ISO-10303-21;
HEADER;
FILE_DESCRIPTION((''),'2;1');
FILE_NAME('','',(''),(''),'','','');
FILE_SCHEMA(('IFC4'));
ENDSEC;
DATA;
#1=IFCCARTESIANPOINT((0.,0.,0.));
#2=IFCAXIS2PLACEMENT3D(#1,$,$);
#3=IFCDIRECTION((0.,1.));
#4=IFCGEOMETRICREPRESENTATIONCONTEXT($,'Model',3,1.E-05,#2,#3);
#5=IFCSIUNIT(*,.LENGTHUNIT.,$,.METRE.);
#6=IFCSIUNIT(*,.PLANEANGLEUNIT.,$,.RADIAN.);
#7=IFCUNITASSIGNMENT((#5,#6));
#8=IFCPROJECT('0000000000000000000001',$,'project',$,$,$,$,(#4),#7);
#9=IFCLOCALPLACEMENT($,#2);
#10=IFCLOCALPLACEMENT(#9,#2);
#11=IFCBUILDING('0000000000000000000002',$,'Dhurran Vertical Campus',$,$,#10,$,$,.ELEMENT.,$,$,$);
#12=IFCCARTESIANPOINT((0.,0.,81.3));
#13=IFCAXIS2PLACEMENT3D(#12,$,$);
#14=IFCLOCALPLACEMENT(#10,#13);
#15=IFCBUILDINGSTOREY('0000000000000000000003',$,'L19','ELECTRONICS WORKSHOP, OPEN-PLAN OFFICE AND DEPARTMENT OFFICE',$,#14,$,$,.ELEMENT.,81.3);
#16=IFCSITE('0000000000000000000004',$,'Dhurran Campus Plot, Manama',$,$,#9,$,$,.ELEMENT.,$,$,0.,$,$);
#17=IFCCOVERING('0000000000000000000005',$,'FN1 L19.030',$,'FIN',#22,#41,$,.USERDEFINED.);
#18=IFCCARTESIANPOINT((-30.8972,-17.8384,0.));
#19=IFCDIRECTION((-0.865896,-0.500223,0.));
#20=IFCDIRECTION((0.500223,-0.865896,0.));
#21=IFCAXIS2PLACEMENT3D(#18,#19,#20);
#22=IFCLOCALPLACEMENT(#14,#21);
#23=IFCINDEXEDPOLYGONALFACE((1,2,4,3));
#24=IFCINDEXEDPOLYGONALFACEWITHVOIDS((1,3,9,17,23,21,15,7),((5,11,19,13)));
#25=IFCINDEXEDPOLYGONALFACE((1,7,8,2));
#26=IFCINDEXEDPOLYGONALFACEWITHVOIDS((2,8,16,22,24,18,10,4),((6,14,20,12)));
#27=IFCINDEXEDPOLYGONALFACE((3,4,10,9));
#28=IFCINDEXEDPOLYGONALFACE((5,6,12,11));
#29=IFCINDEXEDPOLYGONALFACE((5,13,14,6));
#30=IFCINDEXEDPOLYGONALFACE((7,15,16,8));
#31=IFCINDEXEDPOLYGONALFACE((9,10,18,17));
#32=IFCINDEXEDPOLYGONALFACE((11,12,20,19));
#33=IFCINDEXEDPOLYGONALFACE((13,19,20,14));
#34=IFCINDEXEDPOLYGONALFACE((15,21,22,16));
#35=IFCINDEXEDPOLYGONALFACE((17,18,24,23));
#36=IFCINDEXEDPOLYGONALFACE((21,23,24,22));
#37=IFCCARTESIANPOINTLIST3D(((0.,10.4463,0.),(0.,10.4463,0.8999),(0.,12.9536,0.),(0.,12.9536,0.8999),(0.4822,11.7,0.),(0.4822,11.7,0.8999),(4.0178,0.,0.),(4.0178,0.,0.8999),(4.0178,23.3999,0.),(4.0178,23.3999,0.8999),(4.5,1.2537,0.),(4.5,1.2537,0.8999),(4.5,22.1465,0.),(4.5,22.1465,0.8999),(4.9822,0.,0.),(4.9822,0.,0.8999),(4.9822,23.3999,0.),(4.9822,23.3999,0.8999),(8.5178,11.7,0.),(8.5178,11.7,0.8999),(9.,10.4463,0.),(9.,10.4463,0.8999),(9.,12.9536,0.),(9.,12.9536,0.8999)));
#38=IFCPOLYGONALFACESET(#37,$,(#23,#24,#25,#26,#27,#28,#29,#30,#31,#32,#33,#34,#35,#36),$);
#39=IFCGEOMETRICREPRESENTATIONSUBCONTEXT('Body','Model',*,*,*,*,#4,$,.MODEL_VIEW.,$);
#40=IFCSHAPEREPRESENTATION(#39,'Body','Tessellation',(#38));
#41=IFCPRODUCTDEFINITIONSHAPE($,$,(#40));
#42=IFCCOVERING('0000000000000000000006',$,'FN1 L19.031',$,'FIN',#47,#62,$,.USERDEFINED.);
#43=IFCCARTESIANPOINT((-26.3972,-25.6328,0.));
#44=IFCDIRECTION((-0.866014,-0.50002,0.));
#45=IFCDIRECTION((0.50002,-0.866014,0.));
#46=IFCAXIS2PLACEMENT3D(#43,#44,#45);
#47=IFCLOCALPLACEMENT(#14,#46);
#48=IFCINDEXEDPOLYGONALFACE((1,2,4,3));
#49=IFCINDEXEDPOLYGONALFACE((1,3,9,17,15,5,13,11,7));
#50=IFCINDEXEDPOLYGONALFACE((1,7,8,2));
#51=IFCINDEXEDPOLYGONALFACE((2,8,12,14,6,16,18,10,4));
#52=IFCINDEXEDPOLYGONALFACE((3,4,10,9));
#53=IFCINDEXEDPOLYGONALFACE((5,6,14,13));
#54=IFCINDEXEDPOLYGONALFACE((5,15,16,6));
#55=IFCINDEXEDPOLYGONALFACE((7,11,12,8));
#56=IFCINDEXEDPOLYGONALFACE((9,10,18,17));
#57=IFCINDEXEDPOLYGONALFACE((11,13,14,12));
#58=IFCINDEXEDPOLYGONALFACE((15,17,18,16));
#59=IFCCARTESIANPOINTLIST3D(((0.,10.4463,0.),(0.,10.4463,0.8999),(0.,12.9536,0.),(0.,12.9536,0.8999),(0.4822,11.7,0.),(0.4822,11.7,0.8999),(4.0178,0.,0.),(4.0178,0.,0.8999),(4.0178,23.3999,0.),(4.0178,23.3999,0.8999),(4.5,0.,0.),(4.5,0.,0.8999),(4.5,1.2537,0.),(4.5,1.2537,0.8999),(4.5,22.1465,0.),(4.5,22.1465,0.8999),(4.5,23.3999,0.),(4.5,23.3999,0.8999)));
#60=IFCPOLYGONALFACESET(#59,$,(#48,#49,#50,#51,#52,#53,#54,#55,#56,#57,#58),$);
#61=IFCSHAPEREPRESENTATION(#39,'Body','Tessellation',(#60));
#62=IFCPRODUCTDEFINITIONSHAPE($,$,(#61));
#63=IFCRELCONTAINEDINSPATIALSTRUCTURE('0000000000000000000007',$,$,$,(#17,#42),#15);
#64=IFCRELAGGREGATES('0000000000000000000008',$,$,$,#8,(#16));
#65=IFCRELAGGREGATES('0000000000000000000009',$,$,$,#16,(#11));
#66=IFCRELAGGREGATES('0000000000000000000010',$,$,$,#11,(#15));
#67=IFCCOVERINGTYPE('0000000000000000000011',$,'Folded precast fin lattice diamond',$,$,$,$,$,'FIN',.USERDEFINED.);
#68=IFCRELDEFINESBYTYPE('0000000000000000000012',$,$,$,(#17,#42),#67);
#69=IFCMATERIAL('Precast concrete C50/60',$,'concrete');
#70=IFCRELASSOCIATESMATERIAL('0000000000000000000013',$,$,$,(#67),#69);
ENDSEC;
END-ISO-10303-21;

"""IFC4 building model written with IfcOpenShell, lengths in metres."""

from ifc_helpers import new_model, si_unit, direction, frame, origin, place, context, subcontext, project, spatial, polyline, outline, extrude, material, type_object, element, save


model = new_model("IFC4")

# Units and contexts
model_context = context("Model", 3, precision=1e-05, world=origin(), true_north=direction((0.0, 1.0)))
body_context = subcontext(model_context, "Body", "Model", "MODEL_VIEW")
ifc_project = project(units=[si_unit("LENGTHUNIT", "METRE"), si_unit("PLANEANGLEUNIT", "RADIAN")], contexts=[model_context])

# Site, building, storey
site_placement = place(None, origin())
site = spatial("IfcSite", under=ifc_project, at=site_placement, Name="Dhurran Campus Plot, Manama", CompositionType="ELEMENT", RefElevation=0.0)
building_placement = place(site_placement, origin())
building = spatial("IfcBuilding", under=site, at=building_placement, Name="Dhurran Vertical Campus", CompositionType="ELEMENT")
storey_placement = place(building_placement, frame((0.0, 0.0, 81.3)))
storey = spatial("IfcBuildingStorey", under=building, at=storey_placement, Name="L19", Description="ELECTRONICS WORKSHOP, OPEN-PLAN OFFICE AND DEPARTMENT OFFICE", CompositionType="ELEMENT", Elevation=81.3)

# Coverings
ifc_material_1 = material(Name="Precast concrete C50/60", Category="concrete")
covering_type = type_object("IfcCoveringType", Name="Folded precast fin lattice diamond", ElementType="FIN", PredefinedType="USERDEFINED", material=ifc_material_1)
for number, where, z_axis, x_axis, name in (
    (1, (-30.8972, -17.8384, 0.0), (-0.865896, -0.500223, 0.0), (0.500223, -0.865896, 0.0), "FN1 L19.030"),
):
    element("IfcCovering", number, at=place(storey_placement, frame(where, z_axis=z_axis, x_axis=x_axis)), inside=storey, type_object=covering_type, Name=name, ObjectType="FIN", PredefinedType="USERDEFINED", context=body_context, shape_type="SweptSolid", body=[
        extrude(outline(polyline([(9.0, 12.9536), (9.0, 10.4463), (4.9822, 0.0), (4.0178, 0.0), (0.0, 10.4463), (0.0, 12.9536), (4.0178, 23.3999), (4.9822, 23.3999), (9.0, 12.9536)]), holes=[polyline([(8.5178, 11.7), (4.5, 22.1465), (0.4822, 11.7), (4.5, 1.2537), (8.5178, 11.7)])]), origin(), (0.0, 0.0, 1.0), 0.8999),
    ])
covering_1_placement = place(storey_placement, frame((-26.3972, -25.6328, 0.0), z_axis=(-0.866014, -0.50002, 0.0), x_axis=(0.50002, -0.866014, 0.0)))
element("IfcCovering", 2, at=covering_1_placement, inside=storey, type_object=covering_type, Name="FN1 L19.031", ObjectType="FIN", PredefinedType="USERDEFINED", context=body_context, shape_type="SweptSolid", body=[
    extrude(outline(polyline([(4.0178, 0.0), (0.0, 10.4463), (0.0, 12.9536), (4.0178, 23.3999), (4.5, 23.3999), (4.5, 22.1465), (0.4822, 11.7), (4.5, 1.2537), (4.5, 0.0), (4.0178, 0.0)])), origin(), (0.0, 0.0, 1.0), 0.8999),
])

save(model, "model.ifc")
